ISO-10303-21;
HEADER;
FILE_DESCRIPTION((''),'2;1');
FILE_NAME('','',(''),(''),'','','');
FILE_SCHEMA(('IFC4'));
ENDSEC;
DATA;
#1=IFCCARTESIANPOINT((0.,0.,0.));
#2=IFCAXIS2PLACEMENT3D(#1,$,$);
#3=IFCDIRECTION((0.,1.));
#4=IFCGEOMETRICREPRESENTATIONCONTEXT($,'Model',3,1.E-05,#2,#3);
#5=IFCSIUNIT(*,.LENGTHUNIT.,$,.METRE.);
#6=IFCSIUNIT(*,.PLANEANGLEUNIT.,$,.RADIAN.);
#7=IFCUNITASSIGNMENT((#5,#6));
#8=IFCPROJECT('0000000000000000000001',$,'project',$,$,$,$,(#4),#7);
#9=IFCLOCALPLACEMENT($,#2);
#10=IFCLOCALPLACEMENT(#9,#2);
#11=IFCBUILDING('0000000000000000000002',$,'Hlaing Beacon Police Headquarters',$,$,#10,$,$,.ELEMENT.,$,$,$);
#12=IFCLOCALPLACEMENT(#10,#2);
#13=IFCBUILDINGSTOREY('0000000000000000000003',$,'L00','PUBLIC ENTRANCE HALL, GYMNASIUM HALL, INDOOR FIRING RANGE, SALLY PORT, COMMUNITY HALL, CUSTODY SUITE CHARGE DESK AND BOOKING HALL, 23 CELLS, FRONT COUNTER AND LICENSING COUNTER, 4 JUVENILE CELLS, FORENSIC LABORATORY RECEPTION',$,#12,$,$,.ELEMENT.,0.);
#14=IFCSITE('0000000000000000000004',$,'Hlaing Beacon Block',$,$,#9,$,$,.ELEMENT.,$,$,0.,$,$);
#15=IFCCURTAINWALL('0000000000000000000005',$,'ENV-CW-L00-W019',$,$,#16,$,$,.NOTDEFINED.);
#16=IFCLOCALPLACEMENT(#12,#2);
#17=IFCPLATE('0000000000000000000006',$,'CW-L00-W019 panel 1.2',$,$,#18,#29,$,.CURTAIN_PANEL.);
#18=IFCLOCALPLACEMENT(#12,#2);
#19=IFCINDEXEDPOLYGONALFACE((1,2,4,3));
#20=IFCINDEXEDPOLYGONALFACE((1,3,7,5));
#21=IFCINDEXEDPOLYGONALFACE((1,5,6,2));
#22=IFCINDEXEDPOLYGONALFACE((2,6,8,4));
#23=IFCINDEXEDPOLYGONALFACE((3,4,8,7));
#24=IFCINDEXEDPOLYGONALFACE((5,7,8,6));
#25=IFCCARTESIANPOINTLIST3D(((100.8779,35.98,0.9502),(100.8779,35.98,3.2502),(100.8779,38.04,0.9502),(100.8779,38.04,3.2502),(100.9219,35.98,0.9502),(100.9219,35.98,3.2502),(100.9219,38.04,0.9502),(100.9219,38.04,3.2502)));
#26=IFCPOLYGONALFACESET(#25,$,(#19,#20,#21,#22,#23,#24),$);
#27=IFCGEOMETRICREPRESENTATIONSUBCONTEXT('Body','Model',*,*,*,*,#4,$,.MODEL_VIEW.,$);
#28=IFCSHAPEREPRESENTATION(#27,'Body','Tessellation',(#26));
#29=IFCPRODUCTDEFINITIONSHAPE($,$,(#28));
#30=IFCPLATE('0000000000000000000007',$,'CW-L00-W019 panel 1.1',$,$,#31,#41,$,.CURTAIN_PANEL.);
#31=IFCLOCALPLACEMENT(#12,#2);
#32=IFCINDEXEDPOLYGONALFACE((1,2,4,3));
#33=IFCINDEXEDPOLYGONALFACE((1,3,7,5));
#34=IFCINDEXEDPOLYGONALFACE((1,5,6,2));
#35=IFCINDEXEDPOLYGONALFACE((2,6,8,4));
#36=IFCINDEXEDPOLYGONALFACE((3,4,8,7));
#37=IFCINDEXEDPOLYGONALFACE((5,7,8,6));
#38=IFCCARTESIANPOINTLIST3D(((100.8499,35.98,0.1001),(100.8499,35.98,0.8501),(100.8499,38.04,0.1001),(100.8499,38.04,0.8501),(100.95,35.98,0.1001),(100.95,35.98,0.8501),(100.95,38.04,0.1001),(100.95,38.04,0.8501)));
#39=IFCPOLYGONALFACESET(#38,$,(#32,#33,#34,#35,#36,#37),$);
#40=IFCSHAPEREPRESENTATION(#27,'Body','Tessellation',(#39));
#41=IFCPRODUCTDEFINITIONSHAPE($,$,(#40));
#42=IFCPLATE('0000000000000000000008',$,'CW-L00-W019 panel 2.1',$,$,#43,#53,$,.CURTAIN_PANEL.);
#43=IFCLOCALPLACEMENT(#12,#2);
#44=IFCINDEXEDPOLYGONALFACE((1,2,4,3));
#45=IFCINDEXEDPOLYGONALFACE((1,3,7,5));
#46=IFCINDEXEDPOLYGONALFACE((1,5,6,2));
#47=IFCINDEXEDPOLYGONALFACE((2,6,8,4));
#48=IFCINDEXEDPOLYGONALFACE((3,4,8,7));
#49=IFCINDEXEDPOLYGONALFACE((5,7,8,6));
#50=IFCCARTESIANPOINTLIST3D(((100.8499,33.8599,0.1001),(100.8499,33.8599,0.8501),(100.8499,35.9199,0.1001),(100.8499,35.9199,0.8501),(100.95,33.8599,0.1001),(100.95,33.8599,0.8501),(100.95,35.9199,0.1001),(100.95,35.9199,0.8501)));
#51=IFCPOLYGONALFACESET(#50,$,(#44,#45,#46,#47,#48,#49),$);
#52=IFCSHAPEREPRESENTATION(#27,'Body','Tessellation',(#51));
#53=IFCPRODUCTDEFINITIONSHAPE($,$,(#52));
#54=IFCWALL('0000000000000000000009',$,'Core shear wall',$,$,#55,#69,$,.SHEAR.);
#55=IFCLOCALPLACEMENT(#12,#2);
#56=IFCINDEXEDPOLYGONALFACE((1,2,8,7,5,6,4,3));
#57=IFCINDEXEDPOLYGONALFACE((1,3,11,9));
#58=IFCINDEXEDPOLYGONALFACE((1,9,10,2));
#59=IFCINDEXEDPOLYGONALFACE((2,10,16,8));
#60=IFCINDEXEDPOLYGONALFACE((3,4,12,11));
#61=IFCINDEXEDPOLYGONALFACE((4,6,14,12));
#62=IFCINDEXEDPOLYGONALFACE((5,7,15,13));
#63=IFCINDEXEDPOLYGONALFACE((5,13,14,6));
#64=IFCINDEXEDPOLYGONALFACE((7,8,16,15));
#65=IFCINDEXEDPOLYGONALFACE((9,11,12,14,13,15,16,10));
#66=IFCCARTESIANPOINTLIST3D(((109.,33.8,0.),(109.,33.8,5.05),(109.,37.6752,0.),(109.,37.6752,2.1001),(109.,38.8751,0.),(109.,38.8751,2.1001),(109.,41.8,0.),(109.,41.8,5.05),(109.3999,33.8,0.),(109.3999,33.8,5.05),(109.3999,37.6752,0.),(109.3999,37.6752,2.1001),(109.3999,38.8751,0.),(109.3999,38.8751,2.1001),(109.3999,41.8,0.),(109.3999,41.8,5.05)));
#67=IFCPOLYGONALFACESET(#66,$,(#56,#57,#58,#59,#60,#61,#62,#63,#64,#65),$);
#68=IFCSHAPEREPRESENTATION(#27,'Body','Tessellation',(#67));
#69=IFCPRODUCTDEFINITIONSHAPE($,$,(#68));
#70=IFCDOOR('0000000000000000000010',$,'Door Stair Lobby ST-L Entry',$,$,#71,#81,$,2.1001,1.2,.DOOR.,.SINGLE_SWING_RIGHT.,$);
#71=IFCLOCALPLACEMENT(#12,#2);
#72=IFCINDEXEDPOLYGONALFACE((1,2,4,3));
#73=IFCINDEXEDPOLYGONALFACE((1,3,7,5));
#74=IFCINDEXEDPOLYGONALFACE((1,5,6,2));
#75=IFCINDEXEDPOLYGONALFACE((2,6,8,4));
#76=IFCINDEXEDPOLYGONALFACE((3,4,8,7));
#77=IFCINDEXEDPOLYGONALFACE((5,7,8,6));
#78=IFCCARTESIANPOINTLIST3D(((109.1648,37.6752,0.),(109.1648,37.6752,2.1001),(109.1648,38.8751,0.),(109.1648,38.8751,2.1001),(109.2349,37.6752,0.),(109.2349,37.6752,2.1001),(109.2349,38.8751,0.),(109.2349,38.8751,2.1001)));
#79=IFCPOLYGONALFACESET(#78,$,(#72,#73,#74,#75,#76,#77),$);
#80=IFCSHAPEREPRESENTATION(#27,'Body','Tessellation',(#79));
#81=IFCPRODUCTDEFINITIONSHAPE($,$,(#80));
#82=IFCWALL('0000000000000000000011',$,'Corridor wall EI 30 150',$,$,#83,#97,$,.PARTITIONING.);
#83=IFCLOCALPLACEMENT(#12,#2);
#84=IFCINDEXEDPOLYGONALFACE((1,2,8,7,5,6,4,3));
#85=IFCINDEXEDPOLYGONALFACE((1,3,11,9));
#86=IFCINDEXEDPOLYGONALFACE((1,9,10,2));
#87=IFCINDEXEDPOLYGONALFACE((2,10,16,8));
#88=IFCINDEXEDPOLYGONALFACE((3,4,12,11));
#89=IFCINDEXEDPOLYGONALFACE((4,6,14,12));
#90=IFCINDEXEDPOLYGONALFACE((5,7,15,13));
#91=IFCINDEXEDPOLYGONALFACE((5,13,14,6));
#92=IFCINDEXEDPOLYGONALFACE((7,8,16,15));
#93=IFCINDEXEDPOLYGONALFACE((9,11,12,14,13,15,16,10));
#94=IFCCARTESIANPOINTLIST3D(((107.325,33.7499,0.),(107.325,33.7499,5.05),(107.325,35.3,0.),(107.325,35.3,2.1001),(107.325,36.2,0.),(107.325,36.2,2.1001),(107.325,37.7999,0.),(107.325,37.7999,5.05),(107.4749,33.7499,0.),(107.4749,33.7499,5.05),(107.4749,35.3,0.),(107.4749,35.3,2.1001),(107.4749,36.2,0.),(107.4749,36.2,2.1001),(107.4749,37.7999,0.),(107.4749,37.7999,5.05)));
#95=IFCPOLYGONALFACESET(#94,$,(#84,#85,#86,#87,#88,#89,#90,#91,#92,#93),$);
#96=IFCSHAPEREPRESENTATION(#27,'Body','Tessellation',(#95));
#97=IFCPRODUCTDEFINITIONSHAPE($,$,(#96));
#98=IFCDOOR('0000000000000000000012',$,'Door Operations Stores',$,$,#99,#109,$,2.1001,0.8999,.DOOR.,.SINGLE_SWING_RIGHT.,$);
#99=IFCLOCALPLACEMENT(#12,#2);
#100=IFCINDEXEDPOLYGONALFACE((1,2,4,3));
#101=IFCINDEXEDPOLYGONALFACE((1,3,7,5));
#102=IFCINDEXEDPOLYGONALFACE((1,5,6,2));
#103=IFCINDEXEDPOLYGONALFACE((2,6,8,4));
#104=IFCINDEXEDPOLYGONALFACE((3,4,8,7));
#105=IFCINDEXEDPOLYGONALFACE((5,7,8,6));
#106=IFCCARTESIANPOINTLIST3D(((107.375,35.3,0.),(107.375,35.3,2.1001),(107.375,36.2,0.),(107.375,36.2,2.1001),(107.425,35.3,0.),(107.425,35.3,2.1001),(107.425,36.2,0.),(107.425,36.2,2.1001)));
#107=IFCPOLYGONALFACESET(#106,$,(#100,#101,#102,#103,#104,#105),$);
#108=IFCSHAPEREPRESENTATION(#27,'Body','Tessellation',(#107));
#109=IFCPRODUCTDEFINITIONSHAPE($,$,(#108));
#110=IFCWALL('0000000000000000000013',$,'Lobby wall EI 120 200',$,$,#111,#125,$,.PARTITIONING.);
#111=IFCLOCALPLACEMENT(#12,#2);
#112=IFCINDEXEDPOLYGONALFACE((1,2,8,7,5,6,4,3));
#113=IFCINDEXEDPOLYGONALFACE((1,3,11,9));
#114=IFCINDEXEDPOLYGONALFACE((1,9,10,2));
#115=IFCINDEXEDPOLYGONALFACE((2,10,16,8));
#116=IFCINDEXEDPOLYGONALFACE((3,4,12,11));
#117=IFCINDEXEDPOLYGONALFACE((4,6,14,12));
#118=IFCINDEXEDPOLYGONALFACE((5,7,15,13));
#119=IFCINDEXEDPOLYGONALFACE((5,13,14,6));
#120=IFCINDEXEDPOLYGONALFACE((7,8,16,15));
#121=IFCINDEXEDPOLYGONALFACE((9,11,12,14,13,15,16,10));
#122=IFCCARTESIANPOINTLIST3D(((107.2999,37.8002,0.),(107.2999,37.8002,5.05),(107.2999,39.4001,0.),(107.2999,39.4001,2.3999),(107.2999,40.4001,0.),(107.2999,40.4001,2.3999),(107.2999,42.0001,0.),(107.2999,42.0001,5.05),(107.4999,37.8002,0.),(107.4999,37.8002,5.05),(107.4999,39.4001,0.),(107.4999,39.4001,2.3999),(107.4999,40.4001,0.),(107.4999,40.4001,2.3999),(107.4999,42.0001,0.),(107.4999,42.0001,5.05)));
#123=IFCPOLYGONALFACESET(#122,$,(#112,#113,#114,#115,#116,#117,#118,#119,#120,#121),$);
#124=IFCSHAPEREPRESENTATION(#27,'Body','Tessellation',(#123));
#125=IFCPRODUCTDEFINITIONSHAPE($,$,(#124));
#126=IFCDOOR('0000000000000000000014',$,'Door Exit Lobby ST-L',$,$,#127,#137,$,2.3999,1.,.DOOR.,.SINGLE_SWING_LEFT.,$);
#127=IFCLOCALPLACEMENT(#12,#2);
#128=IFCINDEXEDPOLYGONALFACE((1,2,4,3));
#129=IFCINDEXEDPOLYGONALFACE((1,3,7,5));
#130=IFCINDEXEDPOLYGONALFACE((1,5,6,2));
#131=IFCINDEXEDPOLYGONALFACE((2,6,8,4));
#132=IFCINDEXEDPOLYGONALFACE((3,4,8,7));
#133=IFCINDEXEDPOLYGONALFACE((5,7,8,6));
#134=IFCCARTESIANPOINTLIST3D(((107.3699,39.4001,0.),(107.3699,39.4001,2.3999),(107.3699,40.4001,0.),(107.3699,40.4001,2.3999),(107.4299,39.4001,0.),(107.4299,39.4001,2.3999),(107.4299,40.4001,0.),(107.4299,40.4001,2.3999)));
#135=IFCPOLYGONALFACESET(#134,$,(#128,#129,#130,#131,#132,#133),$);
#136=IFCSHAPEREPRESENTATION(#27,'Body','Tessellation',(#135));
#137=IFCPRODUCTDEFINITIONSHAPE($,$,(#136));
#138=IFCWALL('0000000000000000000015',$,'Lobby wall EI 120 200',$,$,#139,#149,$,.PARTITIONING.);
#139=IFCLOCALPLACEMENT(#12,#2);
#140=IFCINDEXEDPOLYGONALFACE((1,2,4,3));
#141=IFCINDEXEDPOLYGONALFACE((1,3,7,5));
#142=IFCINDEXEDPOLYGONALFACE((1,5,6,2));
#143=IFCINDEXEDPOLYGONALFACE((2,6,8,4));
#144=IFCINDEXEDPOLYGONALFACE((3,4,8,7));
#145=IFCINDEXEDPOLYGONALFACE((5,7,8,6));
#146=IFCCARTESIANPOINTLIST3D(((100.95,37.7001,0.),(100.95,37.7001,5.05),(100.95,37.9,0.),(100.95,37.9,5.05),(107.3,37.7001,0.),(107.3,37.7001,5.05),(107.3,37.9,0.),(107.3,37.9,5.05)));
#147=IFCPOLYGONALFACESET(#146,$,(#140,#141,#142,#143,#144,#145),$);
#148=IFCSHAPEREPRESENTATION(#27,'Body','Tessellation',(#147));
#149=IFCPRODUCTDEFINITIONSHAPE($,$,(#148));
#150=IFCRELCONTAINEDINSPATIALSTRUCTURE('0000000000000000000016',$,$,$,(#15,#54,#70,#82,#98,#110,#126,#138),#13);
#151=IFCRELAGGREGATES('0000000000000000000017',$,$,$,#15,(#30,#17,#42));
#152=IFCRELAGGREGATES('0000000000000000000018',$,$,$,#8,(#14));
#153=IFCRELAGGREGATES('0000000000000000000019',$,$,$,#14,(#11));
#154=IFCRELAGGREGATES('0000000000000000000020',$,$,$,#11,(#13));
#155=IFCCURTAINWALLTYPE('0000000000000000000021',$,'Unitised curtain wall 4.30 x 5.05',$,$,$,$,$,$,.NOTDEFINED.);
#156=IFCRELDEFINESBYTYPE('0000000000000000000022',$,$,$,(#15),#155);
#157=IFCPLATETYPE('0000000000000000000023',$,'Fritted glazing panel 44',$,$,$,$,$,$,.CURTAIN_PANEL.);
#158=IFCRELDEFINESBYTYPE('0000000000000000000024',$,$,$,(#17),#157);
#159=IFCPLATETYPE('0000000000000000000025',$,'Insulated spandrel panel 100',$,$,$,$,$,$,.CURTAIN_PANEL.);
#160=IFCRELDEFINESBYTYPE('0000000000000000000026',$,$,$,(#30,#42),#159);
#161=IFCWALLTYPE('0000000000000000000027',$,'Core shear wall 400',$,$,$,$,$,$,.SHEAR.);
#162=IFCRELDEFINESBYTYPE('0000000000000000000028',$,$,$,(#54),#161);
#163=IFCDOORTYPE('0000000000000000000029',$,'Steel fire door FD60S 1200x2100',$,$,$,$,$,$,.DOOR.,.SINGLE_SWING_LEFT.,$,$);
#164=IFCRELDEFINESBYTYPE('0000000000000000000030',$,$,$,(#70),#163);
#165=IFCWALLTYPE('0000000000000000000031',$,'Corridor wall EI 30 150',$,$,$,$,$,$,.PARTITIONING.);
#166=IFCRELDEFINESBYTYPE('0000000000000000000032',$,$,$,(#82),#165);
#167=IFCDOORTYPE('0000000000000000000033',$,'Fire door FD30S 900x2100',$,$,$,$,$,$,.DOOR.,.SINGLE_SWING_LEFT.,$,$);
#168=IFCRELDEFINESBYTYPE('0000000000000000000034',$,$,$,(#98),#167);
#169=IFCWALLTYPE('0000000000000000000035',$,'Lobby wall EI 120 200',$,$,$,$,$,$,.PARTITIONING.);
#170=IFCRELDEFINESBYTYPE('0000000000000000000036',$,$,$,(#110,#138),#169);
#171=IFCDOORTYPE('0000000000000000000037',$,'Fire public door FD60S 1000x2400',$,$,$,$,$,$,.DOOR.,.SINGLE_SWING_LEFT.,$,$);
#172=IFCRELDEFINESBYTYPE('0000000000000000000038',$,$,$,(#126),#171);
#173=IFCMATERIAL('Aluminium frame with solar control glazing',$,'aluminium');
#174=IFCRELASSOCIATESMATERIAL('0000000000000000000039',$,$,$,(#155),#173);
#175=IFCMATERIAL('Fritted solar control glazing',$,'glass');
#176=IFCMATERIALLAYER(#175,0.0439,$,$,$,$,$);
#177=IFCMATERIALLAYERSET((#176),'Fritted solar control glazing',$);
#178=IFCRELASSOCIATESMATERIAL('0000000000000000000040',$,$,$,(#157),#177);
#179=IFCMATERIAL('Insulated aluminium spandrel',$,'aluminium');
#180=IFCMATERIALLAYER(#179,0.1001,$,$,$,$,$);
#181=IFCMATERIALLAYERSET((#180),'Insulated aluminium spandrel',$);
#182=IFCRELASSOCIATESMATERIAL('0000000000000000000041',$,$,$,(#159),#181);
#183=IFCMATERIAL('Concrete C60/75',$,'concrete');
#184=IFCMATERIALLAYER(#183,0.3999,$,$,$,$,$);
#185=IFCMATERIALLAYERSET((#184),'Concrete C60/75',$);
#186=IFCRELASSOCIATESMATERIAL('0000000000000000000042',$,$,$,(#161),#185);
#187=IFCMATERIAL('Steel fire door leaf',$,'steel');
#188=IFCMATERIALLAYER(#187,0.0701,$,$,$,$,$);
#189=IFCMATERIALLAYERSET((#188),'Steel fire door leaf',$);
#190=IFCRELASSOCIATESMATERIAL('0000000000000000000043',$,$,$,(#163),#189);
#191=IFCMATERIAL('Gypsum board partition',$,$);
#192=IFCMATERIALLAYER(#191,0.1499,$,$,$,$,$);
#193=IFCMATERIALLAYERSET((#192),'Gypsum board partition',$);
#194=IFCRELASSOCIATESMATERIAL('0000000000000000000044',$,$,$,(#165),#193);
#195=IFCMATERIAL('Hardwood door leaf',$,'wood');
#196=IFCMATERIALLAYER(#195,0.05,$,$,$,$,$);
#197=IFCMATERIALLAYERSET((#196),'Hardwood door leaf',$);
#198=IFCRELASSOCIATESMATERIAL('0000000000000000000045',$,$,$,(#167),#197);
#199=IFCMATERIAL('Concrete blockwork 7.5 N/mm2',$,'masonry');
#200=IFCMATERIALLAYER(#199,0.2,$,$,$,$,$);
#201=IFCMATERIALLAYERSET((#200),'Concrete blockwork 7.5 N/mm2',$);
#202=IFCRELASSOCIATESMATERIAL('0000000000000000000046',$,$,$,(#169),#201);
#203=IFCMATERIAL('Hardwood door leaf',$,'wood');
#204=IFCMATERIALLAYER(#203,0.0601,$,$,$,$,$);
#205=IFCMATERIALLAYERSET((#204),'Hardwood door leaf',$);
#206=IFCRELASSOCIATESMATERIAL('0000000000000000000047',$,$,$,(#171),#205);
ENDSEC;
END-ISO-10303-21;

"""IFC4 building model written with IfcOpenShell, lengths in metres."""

from ifc_helpers import new_model, si_unit, direction, frame, frame_2d, origin, origin_2d, place, context, subcontext, project, spatial, rectangle, extrude, material, layer, layer_set, type_object, element, fill, aggregate, save


model = new_model("IFC4")

# Units and contexts
model_context = context("Model", 3, precision=1e-05, world=origin(), true_north=direction((0.0, 1.0)))
body_context = subcontext(model_context, "Body", "Model", "MODEL_VIEW")
ifc_project = project(units=[si_unit("LENGTHUNIT", "METRE"), si_unit("PLANEANGLEUNIT", "RADIAN")], contexts=[model_context])

# Site, building, storey
site_placement = place(None, origin())
site = spatial("IfcSite", under=ifc_project, at=site_placement, Name="Hlaing Beacon Block", CompositionType="ELEMENT", RefElevation=0.0)
building_placement = place(site_placement, origin())
building = spatial("IfcBuilding", under=site, at=building_placement, Name="Hlaing Beacon Police Headquarters", CompositionType="ELEMENT")
storey_placement = place(building_placement, origin())
storey = spatial("IfcBuildingStorey", under=building, at=storey_placement, Name="L00", Description="PUBLIC ENTRANCE HALL, GYMNASIUM HALL, INDOOR FIRING RANGE, SALLY PORT, COMMUNITY HALL, CUSTODY SUITE CHARGE DESK AND BOOKING HALL, 23 CELLS, FRONT COUNTER AND LICENSING COUNTER, 4 JUVENILE CELLS, FORENSIC LABORATORY RECEPTION", CompositionType="ELEMENT", Elevation=0.0)

# Curtain wall, plates
ifc_material_1 = material(Name="Aluminium frame with solar control glazing", Category="aluminium")
curtain_wall_type = type_object("IfcCurtainWallType", Name="Unitised curtain wall 4.30 x 5.05", PredefinedType="NOTDEFINED", material=ifc_material_1)
curtain_wall_placement = place(storey_placement, origin())
curtain_wall = element("IfcCurtainWall", 1, at=curtain_wall_placement, inside=storey, type_object=curtain_wall_type, Name="ENV-CW-L00-W019", PredefinedType="NOTDEFINED")
ifc_material_2 = material(Name="Fritted solar control glazing", Category="glass")
ifc_layer_1 = layer(ifc_material_2, 0.0439)
ifc_layer_set_1 = layer_set([ifc_layer_1], Name="Fritted solar control glazing")
plate_type_1 = type_object("IfcPlateType", Name="Fritted glazing panel 44", PredefinedType="CURTAIN_PANEL", material=ifc_layer_set_1)
plate_1_placement = place(storey_placement, frame((100.8999, 37.01, 0.9502), z_axis=(0.0, 0.0, 1.0), x_axis=(0.0, -1.0, 0.0)))
plate_1 = element("IfcPlate", 2, at=plate_1_placement, type_object=plate_type_1, Name="CW-L00-W019 panel 1.2", PredefinedType="CURTAIN_PANEL", context=body_context, shape_type="SweptSolid", body=[
    extrude(rectangle(XDim=2.0601, YDim=0.0439, at=origin_2d()), origin(), (0.0, 0.0, 1.0), 2.3),
])
ifc_material_3 = material(Name="Insulated aluminium spandrel", Category="aluminium")
ifc_layer_2 = layer(ifc_material_3, 0.1001)
ifc_layer_set_2 = layer_set([ifc_layer_2], Name="Insulated aluminium spandrel")
plate_type_2 = type_object("IfcPlateType", Name="Insulated spandrel panel 100", PredefinedType="CURTAIN_PANEL", material=ifc_layer_set_2)
plate_2_placement = place(storey_placement, frame((100.8999, 37.01, 0.1001), z_axis=(0.0, 0.0, 1.0), x_axis=(0.0, -1.0, 0.0)))
plate_2 = element("IfcPlate", 3, at=plate_2_placement, type_object=plate_type_2, Name="CW-L00-W019 panel 1.1", PredefinedType="CURTAIN_PANEL", context=body_context, shape_type="SweptSolid", body=[
    extrude(rectangle(XDim=2.0601, YDim=0.1001, at=origin_2d()), origin(), (0.0, 0.0, 1.0), 0.75),
])
plate_3_placement = place(storey_placement, frame((100.8999, 34.8899, 0.1001), z_axis=(0.0, 0.0, 1.0), x_axis=(0.0, -1.0, 0.0)))
plate_3 = element("IfcPlate", 4, at=plate_3_placement, type_object=plate_type_2, Name="CW-L00-W019 panel 2.1", PredefinedType="CURTAIN_PANEL", context=body_context, shape_type="SweptSolid", body=[
    extrude(rectangle(XDim=2.0601, YDim=0.1001, at=origin_2d()), origin(), (0.0, 0.0, 1.0), 0.75),
])
aggregate(curtain_wall, [plate_2, plate_1, plate_3])

# Walls, openings, doors
ifc_material_4 = material(Name="Concrete C60/75", Category="concrete")
ifc_layer_3 = layer(ifc_material_4, 0.3999)
ifc_layer_set_3 = layer_set([ifc_layer_3], Name="Concrete C60/75")
wall_type_1 = type_object("IfcWallType", Name="Core shear wall 400", PredefinedType="SHEAR", material=ifc_layer_set_3)
wall_1_placement = place(storey_placement, frame((109.2, 33.8, 0.0), z_axis=(0.0, 0.0, 1.0), x_axis=(0.0, 1.0, 0.0)))
wall_1 = element("IfcWall", 5, at=wall_1_placement, inside=storey, type_object=wall_type_1, Name="Core shear wall", PredefinedType="SHEAR", context=body_context, shape_type="SweptSolid", body=[
    extrude(rectangle(XDim=8.0, YDim=0.3999, at=frame_2d((4.0, 0.0))), origin(), (0.0, 0.0, 1.0), 5.05),
])
opening_1_placement = place(wall_1_placement, frame((3.875, 0.0, 0.0)))
opening_1 = element("IfcOpeningElement", 6, at=opening_1_placement, cuts=wall_1, PredefinedType="OPENING", context=body_context, shape_type="SweptSolid", body=[
    extrude(rectangle(XDim=1.2, YDim=2.1001, at=frame_2d((0.6001, 1.05))), frame((0.0, 0.21, 0.0), z_axis=(0.0, -1.0, 0.0), x_axis=(1.0, 0.0, 0.0)), (0.0, 0.0, 1.0), 0.4199),
])
ifc_material_5 = material(Name="Steel fire door leaf", Category="steel")
ifc_layer_4 = layer(ifc_material_5, 0.0701)
ifc_layer_set_4 = layer_set([ifc_layer_4], Name="Steel fire door leaf")
door_type_1 = type_object("IfcDoorType", Name="Steel fire door FD60S 1200x2100", OperationType="SINGLE_SWING_LEFT", PredefinedType="DOOR", material=ifc_layer_set_4)
door_1_placement = place(opening_1_placement, frame((1.2, 0.0, 0.0), z_axis=(0.0, 0.0, 1.0), x_axis=(-1.0, 0.0, 0.0)))
door_1 = element("IfcDoor", 7, at=door_1_placement, inside=storey, type_object=door_type_1, Name="Door Stair Lobby ST-L Entry", OperationType="SINGLE_SWING_RIGHT", OverallHeight=2.1001, OverallWidth=1.2, PredefinedType="DOOR", context=body_context, shape_type="SweptSolid", body=[
    extrude(rectangle(XDim=1.2, YDim=2.1001, at=frame_2d((0.5999, 1.05))), frame((0.0, 0.0349, 0.0), z_axis=(0.0, -1.0, 0.0), x_axis=(1.0, 0.0, 0.0)), (0.0, 0.0, 1.0), 0.0701),
])
fill(opening_1, door_1)
ifc_material_6 = material(Name="Gypsum board partition")
ifc_layer_5 = layer(ifc_material_6, 0.1499)
ifc_layer_set_5 = layer_set([ifc_layer_5], Name="Gypsum board partition")
wall_type_2 = type_object("IfcWallType", Name="Corridor wall EI 30 150", PredefinedType="PARTITIONING", material=ifc_layer_set_5)
wall_2_placement = place(storey_placement, frame((107.3999, 33.75, 0.0), z_axis=(0.0, 0.0, 1.0), x_axis=(0.0, 1.0, 0.0)))
wall_2 = element("IfcWall", 8, at=wall_2_placement, inside=storey, type_object=wall_type_2, Name="Corridor wall EI 30 150", PredefinedType="PARTITIONING", context=body_context, shape_type="SweptSolid", body=[
    extrude(rectangle(XDim=4.05, YDim=0.1499, at=frame_2d((2.0249, 0.0))), origin(), (0.0, 0.0, 1.0), 5.05),
])
opening_2_placement = place(wall_2_placement, frame((1.55, 0.0, 0.0)))
opening_2 = element("IfcOpeningElement", 9, at=opening_2_placement, cuts=wall_2, PredefinedType="OPENING", context=body_context, shape_type="SweptSolid", body=[
    extrude(rectangle(XDim=0.8999, YDim=2.1001, at=frame_2d((0.45, 1.05))), frame((0.0, 0.085, 0.0), z_axis=(0.0, -1.0, 0.0), x_axis=(1.0, 0.0, 0.0)), (0.0, 0.0, 1.0), 0.1699),
])
ifc_material_7 = material(Name="Hardwood door leaf", Category="wood")
ifc_layer_6 = layer(ifc_material_7, 0.05)
ifc_layer_set_6 = layer_set([ifc_layer_6], Name="Hardwood door leaf")
door_type_2 = type_object("IfcDoorType", Name="Fire door FD30S 900x2100", OperationType="SINGLE_SWING_LEFT", PredefinedType="DOOR", material=ifc_layer_set_6)
door_2_placement = place(opening_2_placement, origin())
door_2 = element("IfcDoor", 10, at=door_2_placement, inside=storey, type_object=door_type_2, Name="Door Operations Stores", OperationType="SINGLE_SWING_RIGHT", OverallHeight=2.1001, OverallWidth=0.8999, PredefinedType="DOOR", context=body_context, shape_type="SweptSolid", body=[
    extrude(rectangle(XDim=0.8999, YDim=2.1001, at=frame_2d((0.45, 1.05))), frame((0.0, 0.0249, 0.0), z_axis=(0.0, -1.0, 0.0), x_axis=(1.0, 0.0, 0.0)), (0.0, 0.0, 1.0), 0.05),
])
fill(opening_2, door_2)
ifc_material_8 = material(Name="Concrete blockwork 7.5 N/mm2", Category="masonry")
ifc_layer_7 = layer(ifc_material_8, 0.2)
ifc_layer_set_7 = layer_set([ifc_layer_7], Name="Concrete blockwork 7.5 N/mm2")
wall_type_3 = type_object("IfcWallType", Name="Lobby wall EI 120 200", PredefinedType="PARTITIONING", material=ifc_layer_set_7)
wall_3_placement = place(storey_placement, frame((107.3999, 37.8, 0.0), z_axis=(0.0, 0.0, 1.0), x_axis=(0.0, 1.0, 0.0)))
wall_3 = element("IfcWall", 11, at=wall_3_placement, inside=storey, type_object=wall_type_3, Name="Lobby wall EI 120 200", PredefinedType="PARTITIONING", context=body_context, shape_type="SweptSolid", body=[
    extrude(rectangle(XDim=4.2, YDim=0.2, at=frame_2d((2.1001, 0.0))), origin(), (0.0, 0.0, 1.0), 5.05),
])
opening_3_placement = place(wall_3_placement, frame((1.6001, 0.0, 0.0)))
opening_3 = element("IfcOpeningElement", 12, at=opening_3_placement, cuts=wall_3, PredefinedType="OPENING", context=body_context, shape_type="SweptSolid", body=[
    extrude(rectangle(XDim=1.0, YDim=2.3999, at=frame_2d((0.5, 1.2))), frame((0.0, 0.1099, 0.0), z_axis=(0.0, -1.0, 0.0), x_axis=(1.0, 0.0, 0.0)), (0.0, 0.0, 1.0), 0.22),
])
ifc_material_9 = material(Name="Hardwood door leaf", Category="wood")
ifc_layer_8 = layer(ifc_material_9, 0.0601)
ifc_layer_set_8 = layer_set([ifc_layer_8], Name="Hardwood door leaf")
door_type_3 = type_object("IfcDoorType", Name="Fire public door FD60S 1000x2400", OperationType="SINGLE_SWING_LEFT", PredefinedType="DOOR", material=ifc_layer_set_8)
door_3_placement = place(opening_3_placement, origin())
door_3 = element("IfcDoor", 13, at=door_3_placement, inside=storey, type_object=door_type_3, Name="Door Exit Lobby ST-L", OperationType="SINGLE_SWING_LEFT", OverallHeight=2.3999, OverallWidth=1.0, PredefinedType="DOOR", context=body_context, shape_type="SweptSolid", body=[
    extrude(rectangle(XDim=1.0, YDim=2.3999, at=frame_2d((0.5, 1.2))), frame((0.0, 0.03, 0.0), z_axis=(0.0, -1.0, 0.0), x_axis=(1.0, 0.0, 0.0)), (0.0, 0.0, 1.0), 0.0601),
])
fill(opening_3, door_3)

# Wall
wall_4_placement = place(storey_placement, frame((100.95, 37.8, 0.0), z_axis=(0.0, 0.0, 1.0), x_axis=(1.0, 0.0, 0.0)))
element("IfcWall", 14, at=wall_4_placement, inside=storey, type_object=wall_type_3, Name="Lobby wall EI 120 200", PredefinedType="PARTITIONING", context=body_context, shape_type="SweptSolid", body=[
    extrude(rectangle(XDim=6.3501, YDim=0.2, at=frame_2d((3.175, 0.0))), origin(), (0.0, 0.0, 1.0), 5.05),
])

save(model, "model.ifc")
